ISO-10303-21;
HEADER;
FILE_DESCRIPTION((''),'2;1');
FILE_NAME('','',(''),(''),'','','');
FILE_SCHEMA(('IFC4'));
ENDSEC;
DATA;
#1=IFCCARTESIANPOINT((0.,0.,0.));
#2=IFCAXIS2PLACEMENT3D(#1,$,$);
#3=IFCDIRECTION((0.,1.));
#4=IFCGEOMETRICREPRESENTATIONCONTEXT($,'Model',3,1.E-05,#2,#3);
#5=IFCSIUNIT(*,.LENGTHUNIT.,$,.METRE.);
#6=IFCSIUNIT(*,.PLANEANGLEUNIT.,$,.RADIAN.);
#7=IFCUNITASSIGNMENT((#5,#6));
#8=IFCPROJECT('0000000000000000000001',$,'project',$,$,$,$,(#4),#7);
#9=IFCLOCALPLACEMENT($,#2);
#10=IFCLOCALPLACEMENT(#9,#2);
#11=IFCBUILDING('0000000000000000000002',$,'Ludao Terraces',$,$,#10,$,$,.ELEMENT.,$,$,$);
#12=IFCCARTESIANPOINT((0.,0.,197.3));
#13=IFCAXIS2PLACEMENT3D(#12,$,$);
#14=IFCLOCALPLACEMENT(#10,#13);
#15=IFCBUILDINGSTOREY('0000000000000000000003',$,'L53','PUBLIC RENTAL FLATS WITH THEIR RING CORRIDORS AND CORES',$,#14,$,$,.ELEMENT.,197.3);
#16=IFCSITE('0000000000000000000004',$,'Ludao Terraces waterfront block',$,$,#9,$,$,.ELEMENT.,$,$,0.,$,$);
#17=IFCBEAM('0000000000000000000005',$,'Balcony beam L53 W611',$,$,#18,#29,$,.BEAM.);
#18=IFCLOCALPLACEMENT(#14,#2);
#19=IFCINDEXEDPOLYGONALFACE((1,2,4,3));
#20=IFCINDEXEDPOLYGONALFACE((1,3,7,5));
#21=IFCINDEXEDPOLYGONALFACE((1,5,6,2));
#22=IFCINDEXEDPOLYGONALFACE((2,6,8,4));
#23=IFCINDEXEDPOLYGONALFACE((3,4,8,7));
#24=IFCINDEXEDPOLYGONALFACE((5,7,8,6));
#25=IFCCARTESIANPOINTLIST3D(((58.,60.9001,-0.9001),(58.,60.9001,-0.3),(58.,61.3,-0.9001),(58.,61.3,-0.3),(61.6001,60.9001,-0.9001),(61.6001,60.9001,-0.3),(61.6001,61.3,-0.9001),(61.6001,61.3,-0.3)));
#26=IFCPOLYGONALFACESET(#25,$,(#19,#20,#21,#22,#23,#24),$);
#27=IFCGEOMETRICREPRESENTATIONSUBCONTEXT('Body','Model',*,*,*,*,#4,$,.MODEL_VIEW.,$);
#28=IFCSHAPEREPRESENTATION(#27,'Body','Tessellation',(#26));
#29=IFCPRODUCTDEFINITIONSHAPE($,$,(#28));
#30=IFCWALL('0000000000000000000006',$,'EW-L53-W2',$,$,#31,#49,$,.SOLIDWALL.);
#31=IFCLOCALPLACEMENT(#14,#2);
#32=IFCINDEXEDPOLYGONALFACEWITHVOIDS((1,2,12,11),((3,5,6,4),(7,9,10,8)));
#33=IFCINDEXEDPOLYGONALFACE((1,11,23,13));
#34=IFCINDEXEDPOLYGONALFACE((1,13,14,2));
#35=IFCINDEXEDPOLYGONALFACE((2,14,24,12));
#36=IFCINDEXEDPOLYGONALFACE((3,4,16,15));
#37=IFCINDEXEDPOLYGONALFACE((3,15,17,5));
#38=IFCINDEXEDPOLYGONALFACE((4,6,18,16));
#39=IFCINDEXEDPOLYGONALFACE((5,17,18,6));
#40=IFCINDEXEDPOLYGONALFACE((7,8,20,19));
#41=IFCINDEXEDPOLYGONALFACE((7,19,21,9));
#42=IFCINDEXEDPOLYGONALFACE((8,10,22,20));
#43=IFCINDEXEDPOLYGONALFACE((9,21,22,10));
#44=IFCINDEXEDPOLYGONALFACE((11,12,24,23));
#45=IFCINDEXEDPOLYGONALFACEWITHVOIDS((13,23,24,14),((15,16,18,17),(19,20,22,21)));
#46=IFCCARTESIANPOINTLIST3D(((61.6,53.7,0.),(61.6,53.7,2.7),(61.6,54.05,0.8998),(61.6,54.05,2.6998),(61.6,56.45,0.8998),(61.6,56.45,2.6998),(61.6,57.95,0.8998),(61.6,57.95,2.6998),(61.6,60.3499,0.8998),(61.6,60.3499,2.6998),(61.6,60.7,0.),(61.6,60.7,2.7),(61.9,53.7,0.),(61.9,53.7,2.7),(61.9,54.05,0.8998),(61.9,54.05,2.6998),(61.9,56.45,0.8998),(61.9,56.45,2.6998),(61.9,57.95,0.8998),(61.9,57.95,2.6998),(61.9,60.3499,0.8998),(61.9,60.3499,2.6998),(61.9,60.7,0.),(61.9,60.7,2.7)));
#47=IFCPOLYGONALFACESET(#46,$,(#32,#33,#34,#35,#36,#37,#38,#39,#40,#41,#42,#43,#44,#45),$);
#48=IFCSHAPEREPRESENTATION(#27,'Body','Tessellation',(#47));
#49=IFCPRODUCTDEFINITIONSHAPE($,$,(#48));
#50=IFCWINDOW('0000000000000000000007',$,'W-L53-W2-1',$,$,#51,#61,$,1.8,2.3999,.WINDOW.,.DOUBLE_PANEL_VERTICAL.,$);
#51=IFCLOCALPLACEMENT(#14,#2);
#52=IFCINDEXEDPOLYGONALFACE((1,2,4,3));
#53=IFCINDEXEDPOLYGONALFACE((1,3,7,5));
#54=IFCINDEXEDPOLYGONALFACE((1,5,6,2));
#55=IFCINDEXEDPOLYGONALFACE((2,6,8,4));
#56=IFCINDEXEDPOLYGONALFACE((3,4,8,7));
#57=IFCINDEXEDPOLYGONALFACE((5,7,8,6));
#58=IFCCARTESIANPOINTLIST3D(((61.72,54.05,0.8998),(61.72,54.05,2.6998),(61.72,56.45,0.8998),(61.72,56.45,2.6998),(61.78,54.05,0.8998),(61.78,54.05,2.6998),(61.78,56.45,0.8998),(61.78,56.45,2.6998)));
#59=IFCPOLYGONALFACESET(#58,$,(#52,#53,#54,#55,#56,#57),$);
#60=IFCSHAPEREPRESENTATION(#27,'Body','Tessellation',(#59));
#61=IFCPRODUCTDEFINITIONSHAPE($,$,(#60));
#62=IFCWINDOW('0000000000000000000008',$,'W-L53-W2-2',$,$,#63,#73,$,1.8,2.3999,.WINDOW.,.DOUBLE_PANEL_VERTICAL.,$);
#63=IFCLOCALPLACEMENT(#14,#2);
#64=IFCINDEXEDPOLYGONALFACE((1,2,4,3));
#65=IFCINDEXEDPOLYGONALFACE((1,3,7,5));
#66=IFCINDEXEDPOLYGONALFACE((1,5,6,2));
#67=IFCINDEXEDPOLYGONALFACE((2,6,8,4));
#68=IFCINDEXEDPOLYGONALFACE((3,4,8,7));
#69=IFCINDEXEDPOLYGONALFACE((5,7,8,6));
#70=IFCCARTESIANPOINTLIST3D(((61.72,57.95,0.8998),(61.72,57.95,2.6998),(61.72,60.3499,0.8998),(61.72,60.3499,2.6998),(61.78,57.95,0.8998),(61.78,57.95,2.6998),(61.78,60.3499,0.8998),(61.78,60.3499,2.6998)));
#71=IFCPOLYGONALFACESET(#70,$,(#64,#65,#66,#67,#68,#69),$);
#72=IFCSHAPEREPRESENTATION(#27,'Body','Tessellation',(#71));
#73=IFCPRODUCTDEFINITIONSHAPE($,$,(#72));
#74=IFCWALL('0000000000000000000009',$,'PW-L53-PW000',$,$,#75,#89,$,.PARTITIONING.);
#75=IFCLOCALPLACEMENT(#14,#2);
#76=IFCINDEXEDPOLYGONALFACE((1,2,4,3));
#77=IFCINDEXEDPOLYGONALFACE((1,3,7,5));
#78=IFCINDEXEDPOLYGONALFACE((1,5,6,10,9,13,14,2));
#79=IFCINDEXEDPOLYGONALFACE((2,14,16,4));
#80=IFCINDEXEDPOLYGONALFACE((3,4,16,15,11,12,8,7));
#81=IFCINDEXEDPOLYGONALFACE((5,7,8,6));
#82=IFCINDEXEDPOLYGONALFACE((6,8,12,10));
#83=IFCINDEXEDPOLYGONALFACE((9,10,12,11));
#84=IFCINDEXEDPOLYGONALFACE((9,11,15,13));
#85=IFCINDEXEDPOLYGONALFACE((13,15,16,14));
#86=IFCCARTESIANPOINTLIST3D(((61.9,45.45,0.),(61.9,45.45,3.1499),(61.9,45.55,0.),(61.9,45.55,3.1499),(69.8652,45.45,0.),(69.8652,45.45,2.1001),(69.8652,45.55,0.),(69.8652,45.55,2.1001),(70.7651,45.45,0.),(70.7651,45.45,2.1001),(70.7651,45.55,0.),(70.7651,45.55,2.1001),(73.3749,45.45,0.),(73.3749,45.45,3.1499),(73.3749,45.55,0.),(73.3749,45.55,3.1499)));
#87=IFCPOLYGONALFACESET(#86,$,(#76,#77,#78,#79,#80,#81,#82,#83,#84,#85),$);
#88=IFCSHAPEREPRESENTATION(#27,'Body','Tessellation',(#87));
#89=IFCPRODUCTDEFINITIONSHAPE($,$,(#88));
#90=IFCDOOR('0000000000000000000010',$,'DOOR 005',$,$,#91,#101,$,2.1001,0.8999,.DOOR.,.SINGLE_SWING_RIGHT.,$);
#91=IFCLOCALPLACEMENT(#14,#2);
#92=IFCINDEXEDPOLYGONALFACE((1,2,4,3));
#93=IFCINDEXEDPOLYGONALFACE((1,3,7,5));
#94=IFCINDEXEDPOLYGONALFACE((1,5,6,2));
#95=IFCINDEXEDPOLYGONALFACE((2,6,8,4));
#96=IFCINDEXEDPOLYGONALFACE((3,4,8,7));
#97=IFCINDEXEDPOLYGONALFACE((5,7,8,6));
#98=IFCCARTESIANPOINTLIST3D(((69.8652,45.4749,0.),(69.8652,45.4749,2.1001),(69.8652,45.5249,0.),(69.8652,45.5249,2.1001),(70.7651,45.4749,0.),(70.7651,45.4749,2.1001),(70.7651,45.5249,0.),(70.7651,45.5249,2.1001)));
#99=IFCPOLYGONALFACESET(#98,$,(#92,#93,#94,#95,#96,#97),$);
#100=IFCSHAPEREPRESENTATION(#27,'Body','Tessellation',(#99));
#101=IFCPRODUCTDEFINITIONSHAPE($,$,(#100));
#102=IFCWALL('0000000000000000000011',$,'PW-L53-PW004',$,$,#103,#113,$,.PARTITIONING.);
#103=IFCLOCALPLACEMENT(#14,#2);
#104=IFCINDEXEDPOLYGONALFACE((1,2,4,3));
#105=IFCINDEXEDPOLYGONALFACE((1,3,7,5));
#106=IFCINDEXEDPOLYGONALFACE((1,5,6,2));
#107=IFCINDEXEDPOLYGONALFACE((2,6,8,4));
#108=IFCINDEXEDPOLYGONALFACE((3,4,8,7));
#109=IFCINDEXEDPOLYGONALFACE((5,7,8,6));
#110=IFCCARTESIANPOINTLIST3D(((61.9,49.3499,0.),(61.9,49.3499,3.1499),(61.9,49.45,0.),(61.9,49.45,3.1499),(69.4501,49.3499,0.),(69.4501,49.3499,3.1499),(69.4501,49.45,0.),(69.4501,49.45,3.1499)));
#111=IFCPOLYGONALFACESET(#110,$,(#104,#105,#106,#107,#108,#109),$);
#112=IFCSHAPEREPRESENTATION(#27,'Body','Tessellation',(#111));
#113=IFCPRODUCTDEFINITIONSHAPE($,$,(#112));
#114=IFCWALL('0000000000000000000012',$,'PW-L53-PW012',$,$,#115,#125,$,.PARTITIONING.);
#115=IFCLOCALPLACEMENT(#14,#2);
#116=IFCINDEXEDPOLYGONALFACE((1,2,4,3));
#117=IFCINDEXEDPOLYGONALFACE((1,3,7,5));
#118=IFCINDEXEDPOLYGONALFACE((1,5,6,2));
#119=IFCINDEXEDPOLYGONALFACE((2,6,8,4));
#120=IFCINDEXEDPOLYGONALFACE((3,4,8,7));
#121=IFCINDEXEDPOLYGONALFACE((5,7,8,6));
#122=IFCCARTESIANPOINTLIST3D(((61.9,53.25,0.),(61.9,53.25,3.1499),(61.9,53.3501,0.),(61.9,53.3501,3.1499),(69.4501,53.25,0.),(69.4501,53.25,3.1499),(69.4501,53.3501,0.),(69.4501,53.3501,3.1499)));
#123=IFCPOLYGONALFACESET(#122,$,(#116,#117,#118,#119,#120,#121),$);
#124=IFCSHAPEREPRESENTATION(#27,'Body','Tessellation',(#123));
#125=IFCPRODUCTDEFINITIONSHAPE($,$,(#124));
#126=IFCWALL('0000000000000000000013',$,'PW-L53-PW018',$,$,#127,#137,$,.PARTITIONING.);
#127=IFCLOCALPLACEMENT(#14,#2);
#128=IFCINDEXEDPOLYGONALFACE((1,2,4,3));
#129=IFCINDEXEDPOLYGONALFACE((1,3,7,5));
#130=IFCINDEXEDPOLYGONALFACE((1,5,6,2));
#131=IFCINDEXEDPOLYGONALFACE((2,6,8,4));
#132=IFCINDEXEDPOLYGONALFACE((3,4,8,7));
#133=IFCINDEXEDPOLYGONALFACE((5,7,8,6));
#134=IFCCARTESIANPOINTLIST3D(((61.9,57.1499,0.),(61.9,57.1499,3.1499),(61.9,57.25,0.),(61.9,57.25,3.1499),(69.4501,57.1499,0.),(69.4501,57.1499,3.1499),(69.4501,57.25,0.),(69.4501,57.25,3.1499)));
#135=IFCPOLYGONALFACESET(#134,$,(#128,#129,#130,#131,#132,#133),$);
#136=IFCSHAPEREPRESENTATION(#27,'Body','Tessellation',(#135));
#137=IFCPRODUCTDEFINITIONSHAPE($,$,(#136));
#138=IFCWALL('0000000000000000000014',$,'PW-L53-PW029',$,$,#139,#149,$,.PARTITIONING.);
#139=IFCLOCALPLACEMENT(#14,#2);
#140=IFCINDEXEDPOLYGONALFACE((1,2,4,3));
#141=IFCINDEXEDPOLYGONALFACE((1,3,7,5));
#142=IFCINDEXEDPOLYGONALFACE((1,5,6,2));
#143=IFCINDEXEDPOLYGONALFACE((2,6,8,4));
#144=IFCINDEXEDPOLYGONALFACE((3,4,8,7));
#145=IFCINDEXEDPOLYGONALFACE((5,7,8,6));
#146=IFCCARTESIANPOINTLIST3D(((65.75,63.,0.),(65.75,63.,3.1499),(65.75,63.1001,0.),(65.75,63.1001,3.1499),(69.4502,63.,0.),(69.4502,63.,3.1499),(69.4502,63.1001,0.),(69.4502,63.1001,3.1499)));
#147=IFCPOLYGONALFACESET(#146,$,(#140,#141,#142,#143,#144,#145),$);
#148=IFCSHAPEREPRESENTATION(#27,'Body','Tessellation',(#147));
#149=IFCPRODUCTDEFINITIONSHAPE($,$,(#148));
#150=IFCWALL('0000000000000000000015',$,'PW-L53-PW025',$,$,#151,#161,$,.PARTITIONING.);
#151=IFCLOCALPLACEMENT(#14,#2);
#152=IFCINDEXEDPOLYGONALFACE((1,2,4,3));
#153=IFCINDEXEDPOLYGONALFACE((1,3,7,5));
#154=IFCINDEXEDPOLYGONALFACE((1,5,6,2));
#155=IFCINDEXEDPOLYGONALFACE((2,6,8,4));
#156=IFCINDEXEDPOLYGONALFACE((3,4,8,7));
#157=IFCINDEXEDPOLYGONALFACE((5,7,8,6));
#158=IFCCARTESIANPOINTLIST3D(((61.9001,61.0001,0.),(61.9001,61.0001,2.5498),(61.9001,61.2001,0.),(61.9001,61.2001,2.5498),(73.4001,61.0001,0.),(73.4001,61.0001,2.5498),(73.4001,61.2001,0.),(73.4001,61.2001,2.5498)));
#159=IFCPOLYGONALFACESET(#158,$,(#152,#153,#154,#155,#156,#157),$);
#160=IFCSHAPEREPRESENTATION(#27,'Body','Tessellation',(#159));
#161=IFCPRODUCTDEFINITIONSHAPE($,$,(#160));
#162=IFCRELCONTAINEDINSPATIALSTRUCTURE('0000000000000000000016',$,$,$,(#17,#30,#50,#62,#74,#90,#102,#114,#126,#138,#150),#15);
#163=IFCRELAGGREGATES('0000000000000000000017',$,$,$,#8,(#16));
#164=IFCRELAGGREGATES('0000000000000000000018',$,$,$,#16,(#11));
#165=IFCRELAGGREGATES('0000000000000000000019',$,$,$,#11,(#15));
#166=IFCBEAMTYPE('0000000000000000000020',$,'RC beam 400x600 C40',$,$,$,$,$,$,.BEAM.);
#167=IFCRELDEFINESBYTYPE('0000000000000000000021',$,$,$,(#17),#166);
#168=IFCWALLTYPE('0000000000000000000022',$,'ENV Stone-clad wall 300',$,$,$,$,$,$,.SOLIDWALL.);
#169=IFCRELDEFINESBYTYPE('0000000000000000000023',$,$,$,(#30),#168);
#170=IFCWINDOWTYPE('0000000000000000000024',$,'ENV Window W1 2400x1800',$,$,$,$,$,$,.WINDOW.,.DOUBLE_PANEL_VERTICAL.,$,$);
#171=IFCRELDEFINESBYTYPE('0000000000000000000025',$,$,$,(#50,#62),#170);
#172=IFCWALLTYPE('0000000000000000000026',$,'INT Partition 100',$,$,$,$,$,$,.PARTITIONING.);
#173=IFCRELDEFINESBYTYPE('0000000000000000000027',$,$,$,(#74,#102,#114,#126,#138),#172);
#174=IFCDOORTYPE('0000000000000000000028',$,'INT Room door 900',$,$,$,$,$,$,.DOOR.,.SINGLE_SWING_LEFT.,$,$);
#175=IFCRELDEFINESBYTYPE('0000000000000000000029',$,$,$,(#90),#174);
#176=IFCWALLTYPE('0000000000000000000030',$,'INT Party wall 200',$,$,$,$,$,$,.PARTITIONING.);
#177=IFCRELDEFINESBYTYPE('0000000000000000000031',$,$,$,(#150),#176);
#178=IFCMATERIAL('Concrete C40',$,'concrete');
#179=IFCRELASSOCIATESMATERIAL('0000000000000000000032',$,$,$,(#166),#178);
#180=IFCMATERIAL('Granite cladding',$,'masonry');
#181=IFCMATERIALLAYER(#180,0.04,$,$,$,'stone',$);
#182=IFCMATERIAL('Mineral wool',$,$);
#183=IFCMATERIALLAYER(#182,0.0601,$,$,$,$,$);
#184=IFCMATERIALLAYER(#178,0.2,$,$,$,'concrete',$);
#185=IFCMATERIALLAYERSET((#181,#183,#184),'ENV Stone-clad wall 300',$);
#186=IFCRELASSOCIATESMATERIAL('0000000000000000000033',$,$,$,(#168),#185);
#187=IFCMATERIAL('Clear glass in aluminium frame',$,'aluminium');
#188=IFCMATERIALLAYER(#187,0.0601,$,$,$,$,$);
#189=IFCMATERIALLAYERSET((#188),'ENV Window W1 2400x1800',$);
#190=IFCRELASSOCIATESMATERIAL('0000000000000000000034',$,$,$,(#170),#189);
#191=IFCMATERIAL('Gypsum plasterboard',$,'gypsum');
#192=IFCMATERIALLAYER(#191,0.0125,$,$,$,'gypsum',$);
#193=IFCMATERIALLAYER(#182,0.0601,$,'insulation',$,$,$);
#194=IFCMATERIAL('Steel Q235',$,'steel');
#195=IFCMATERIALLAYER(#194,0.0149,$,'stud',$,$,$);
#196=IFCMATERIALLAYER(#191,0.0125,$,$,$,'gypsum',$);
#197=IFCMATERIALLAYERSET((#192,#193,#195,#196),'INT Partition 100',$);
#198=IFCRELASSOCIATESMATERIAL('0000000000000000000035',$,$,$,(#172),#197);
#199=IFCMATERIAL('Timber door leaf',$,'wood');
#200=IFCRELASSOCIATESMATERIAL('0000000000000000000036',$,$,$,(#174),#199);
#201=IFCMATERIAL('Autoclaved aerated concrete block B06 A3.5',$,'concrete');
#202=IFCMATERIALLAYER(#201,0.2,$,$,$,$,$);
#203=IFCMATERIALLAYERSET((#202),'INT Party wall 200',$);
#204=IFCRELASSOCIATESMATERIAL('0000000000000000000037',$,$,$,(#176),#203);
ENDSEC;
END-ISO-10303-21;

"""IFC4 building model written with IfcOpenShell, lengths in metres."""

from ifc_helpers import new_model, si_unit, direction, frame, frame_2d, origin, origin_2d, place, context, subcontext, project, spatial, rectangle, extrude, material, layer, layer_set, material_profile, profile_set, type_object, element, fill, save


model = new_model("IFC4")

# Units and contexts
model_context = context("Model", 3, precision=1e-05, world=origin(), true_north=direction((0.0, 1.0)))
body_context = subcontext(model_context, "Body", "Model", "MODEL_VIEW")
ifc_project = project(units=[si_unit("LENGTHUNIT", "METRE"), si_unit("PLANEANGLEUNIT", "RADIAN")], contexts=[model_context])

# Site, building, storey
site_placement = place(None, origin())
site = spatial("IfcSite", under=ifc_project, at=site_placement, Name="Ludao Terraces waterfront block", CompositionType="ELEMENT", RefElevation=0.0)
building_placement = place(site_placement, origin())
building = spatial("IfcBuilding", under=site, at=building_placement, Name="Ludao Terraces", CompositionType="ELEMENT")
storey_placement = place(building_placement, frame((0.0, 0.0, 197.3)))
storey = spatial("IfcBuildingStorey", under=building, at=storey_placement, Name="L53", Description="PUBLIC RENTAL FLATS WITH THEIR RING CORRIDORS AND CORES", CompositionType="ELEMENT", Elevation=197.3)

# Beam
ifc_material_1 = material(Name="Concrete C40", Category="concrete")
ifc_material_profile = material_profile(ifc_material_1, rectangle(XDim=0.3999, YDim=0.6001, at=origin_2d()), Name="400 X 600")
ifc_profile_set = profile_set([ifc_material_profile], Name="Concrete C40")
beam_type = type_object("IfcBeamType", Name="RC beam 400x600 C40", PredefinedType="BEAM", material=ifc_profile_set)
beam_placement = place(storey_placement, frame((61.6001, 61.1001, -0.6001), z_axis=(-1.0, 0.0, 0.0), x_axis=(0.0, -1.0, 0.0)))
element("IfcBeam", 1, at=beam_placement, inside=storey, type_object=beam_type, Name="Balcony beam L53 W611", PredefinedType="BEAM", context=body_context, shape_type="SweptSolid", body=[
    extrude(rectangle(XDim=0.3999, YDim=0.6001, at=origin_2d()), origin(), (0.0, 0.0, 1.0), 3.6001),
])

# Wall, openings, windows
ifc_material_2 = material(Name="Granite cladding", Category="masonry")
ifc_layer_1 = layer(ifc_material_2, 0.04, Category="stone")
ifc_material_3 = material(Name="Mineral wool")
ifc_layer_2 = layer(ifc_material_3, 0.0601)
ifc_layer_3 = layer(ifc_material_1, 0.2, Category="concrete")
ifc_layer_set_1 = layer_set([ifc_layer_1, ifc_layer_2, ifc_layer_3], Name="ENV Stone-clad wall 300")
wall_type_1 = type_object("IfcWallType", Name="ENV Stone-clad wall 300", PredefinedType="SOLIDWALL", material=ifc_layer_set_1)
wall_1_placement = place(storey_placement, frame((61.75, 53.7, 0.0), z_axis=(0.0, 0.0, 1.0), x_axis=(0.0, 1.0, 0.0)))
wall_1 = element("IfcWall", 2, at=wall_1_placement, inside=storey, type_object=wall_type_1, Name="EW-L53-W2", PredefinedType="SOLIDWALL", context=body_context, shape_type="SweptSolid", body=[
    extrude(rectangle(XDim=7.0, YDim=0.3, at=frame_2d((3.5, 0.0))), origin(), (0.0, 0.0, 1.0), 2.7),
])
opening_1_placement = place(wall_1_placement, frame((0.3501, 0.0, 0.8999)))
opening_1 = element("IfcOpeningElement", 3, at=opening_1_placement, cuts=wall_1, PredefinedType="OPENING", context=body_context, shape_type="SweptSolid", body=[
    extrude(rectangle(XDim=2.3999, YDim=1.8, at=frame_2d((1.2, 0.8999))), frame((0.0, 0.1602, 0.0), z_axis=(0.0, -1.0, 0.0), x_axis=(1.0, 0.0, 0.0)), (0.0, 0.0, 1.0), 0.3201),
])
opening_2_placement = place(wall_1_placement, frame((4.25, 0.0, 0.8999)))
opening_2 = element("IfcOpeningElement", 4, at=opening_2_placement, cuts=wall_1, PredefinedType="OPENING", context=body_context, shape_type="SweptSolid", body=[
    extrude(rectangle(XDim=2.3999, YDim=1.8, at=frame_2d((1.2, 0.8999))), frame((0.0, 0.1602, 0.0), z_axis=(0.0, -1.0, 0.0), x_axis=(1.0, 0.0, 0.0)), (0.0, 0.0, 1.0), 0.3201),
])
ifc_material_4 = material(Name="Clear glass in aluminium frame", Category="aluminium")
ifc_layer_4 = layer(ifc_material_4, 0.0601)
ifc_layer_set_2 = layer_set([ifc_layer_4], Name="ENV Window W1 2400x1800")
window_type = type_object("IfcWindowType", Name="ENV Window W1 2400x1800", PartitioningType="DOUBLE_PANEL_VERTICAL", PredefinedType="WINDOW", material=ifc_layer_set_2)
window_1_placement = place(opening_1_placement, origin())
window_1 = element("IfcWindow", 5, at=window_1_placement, inside=storey, type_object=window_type, Name="W-L53-W2-1", OverallHeight=1.8, OverallWidth=2.3999, PartitioningType="DOUBLE_PANEL_VERTICAL", PredefinedType="WINDOW", context=body_context, shape_type="SweptSolid", body=[
    extrude(rectangle(XDim=2.3999, YDim=1.8, at=frame_2d((1.2, 0.8999))), frame((0.0, 0.03, 0.0), z_axis=(0.0, -1.0, 0.0), x_axis=(1.0, 0.0, 0.0)), (0.0, 0.0, 1.0), 0.0601),
])
fill(opening_1, window_1)
window_2_placement = place(opening_2_placement, origin())
window_2 = element("IfcWindow", 6, at=window_2_placement, inside=storey, type_object=window_type, Name="W-L53-W2-2", OverallHeight=1.8, OverallWidth=2.3999, PartitioningType="DOUBLE_PANEL_VERTICAL", PredefinedType="WINDOW", context=body_context, shape_type="SweptSolid", body=[
    extrude(rectangle(XDim=2.3999, YDim=1.8, at=frame_2d((1.2, 0.8999))), frame((0.0, 0.03, 0.0), z_axis=(0.0, -1.0, 0.0), x_axis=(1.0, 0.0, 0.0)), (0.0, 0.0, 1.0), 0.0601),
])
fill(opening_2, window_2)

# Wall, opening, door
ifc_material_5 = material(Name="Gypsum plasterboard", Category="gypsum")
ifc_layer_5 = layer(ifc_material_5, 0.0125, Category="gypsum")
ifc_layer_6 = layer(ifc_material_3, 0.0601, Name="insulation")
ifc_material_6 = material(Name="Steel Q235", Category="steel")
ifc_layer_7 = layer(ifc_material_6, 0.0149, Name="stud")
ifc_layer_8 = layer(ifc_material_5, 0.0125, Category="gypsum")
ifc_layer_set_3 = layer_set([ifc_layer_5, ifc_layer_6, ifc_layer_7, ifc_layer_8], Name="INT Partition 100")
wall_type_2 = type_object("IfcWallType", Name="INT Partition 100", PredefinedType="PARTITIONING", material=ifc_layer_set_3)
wall_2_placement = place(storey_placement, frame((61.9001, 45.5, 0.0), z_axis=(0.0, 0.0, 1.0), x_axis=(1.0, 0.0, 0.0)))
wall_2 = element("IfcWall", 7, at=wall_2_placement, inside=storey, type_object=wall_type_2, Name="PW-L53-PW000", PredefinedType="PARTITIONING", context=body_context, shape_type="SweptSolid", body=[
    extrude(rectangle(XDim=11.4749, YDim=0.1001, at=frame_2d((5.7373, 0.0))), origin(), (0.0, 0.0, 1.0), 3.1499),
])
opening_3_placement = place(wall_2_placement, frame((7.9651, 0.0, 0.0)))
opening_3 = element("IfcOpeningElement", 8, at=opening_3_placement, cuts=wall_2, PredefinedType="OPENING", context=body_context, shape_type="SweptSolid", body=[
    extrude(rectangle(XDim=0.8999, YDim=2.1001, at=frame_2d((0.45, 1.05))), frame((0.0, 0.0601, 0.0), z_axis=(0.0, -1.0, 0.0), x_axis=(1.0, 0.0, 0.0)), (0.0, 0.0, 1.0), 0.1201),
])
ifc_material_7 = material(Name="Timber door leaf", Category="wood")
door_type_1 = type_object("IfcDoorType", Name="INT Room door 900", OperationType="SINGLE_SWING_LEFT", PredefinedType="DOOR", material=ifc_material_7)
door_1_placement = place(opening_3_placement, origin())
door_1 = element("IfcDoor", 9, at=door_1_placement, inside=storey, type_object=door_type_1, Name="DOOR 005", OperationType="SINGLE_SWING_RIGHT", OverallHeight=2.1001, OverallWidth=0.8999, PredefinedType="DOOR", context=body_context, shape_type="SweptSolid", body=[
    extrude(rectangle(XDim=0.8999, YDim=2.1001, at=frame_2d((0.45, 1.05))), frame((0.0, 0.0249, 0.0), z_axis=(0.0, -1.0, 0.0), x_axis=(1.0, 0.0, 0.0)), (0.0, 0.0, 1.0), 0.05),
])
fill(opening_3, door_1)

# Walls
for number, where, z_axis, x_axis, name in (
    (10, (61.9001, 49.3999, 0.0), (0.0, 0.0, 1.0), (1.0, 0.0, 0.0), "PW-L53-PW004"),
    (11, (61.9001, 53.3, 0.0), (0.0, 0.0, 1.0), (1.0, 0.0, 0.0), "PW-L53-PW012"),
    (12, (61.9001, 57.2, 0.0), (0.0, 0.0, 1.0), (1.0, 0.0, 0.0), "PW-L53-PW018"),
):
    element("IfcWall", number, at=place(storey_placement, frame(where, z_axis=z_axis, x_axis=x_axis)), inside=storey, type_object=wall_type_2, Name=name, PredefinedType="PARTITIONING", context=body_context, shape_type="SweptSolid", body=[
        extrude(rectangle(XDim=7.55, YDim=0.1001, at=frame_2d((3.7749, 0.0))), origin(), (0.0, 0.0, 1.0), 3.1499),
    ])
wall_3_placement = place(storey_placement, frame((65.75, 63.05, 0.0), z_axis=(0.0, 0.0, 1.0), x_axis=(1.0, 0.0, 0.0)))
element("IfcWall", 13, at=wall_3_placement, inside=storey, type_object=wall_type_2, Name="PW-L53-PW029", PredefinedType="PARTITIONING", context=body_context, shape_type="SweptSolid", body=[
    extrude(rectangle(XDim=3.7002, YDim=0.1001, at=frame_2d((1.8501, 0.0))), origin(), (0.0, 0.0, 1.0), 3.1499),
])
ifc_material_8 = material(Name="Autoclaved aerated concrete block B06 A3.5", Category="concrete")
ifc_layer_9 = layer(ifc_material_8, 0.2)
ifc_layer_set_4 = layer_set([ifc_layer_9], Name="INT Party wall 200")
wall_type_3 = type_object("IfcWallType", Name="INT Party wall 200", PredefinedType="PARTITIONING", material=ifc_layer_set_4)
wall_4_placement = place(storey_placement, frame((61.9001, 61.1001, 0.0), z_axis=(0.0, 0.0, 1.0), x_axis=(1.0, 0.0, 0.0)))
element("IfcWall", 14, at=wall_4_placement, inside=storey, type_object=wall_type_3, Name="PW-L53-PW025", PredefinedType="PARTITIONING", context=body_context, shape_type="SweptSolid", body=[
    extrude(rectangle(XDim=11.5, YDim=0.2, at=frame_2d((5.75, 0.0))), origin(), (0.0, 0.0, 1.0), 2.5498),
])

save(model, "model.ifc")
